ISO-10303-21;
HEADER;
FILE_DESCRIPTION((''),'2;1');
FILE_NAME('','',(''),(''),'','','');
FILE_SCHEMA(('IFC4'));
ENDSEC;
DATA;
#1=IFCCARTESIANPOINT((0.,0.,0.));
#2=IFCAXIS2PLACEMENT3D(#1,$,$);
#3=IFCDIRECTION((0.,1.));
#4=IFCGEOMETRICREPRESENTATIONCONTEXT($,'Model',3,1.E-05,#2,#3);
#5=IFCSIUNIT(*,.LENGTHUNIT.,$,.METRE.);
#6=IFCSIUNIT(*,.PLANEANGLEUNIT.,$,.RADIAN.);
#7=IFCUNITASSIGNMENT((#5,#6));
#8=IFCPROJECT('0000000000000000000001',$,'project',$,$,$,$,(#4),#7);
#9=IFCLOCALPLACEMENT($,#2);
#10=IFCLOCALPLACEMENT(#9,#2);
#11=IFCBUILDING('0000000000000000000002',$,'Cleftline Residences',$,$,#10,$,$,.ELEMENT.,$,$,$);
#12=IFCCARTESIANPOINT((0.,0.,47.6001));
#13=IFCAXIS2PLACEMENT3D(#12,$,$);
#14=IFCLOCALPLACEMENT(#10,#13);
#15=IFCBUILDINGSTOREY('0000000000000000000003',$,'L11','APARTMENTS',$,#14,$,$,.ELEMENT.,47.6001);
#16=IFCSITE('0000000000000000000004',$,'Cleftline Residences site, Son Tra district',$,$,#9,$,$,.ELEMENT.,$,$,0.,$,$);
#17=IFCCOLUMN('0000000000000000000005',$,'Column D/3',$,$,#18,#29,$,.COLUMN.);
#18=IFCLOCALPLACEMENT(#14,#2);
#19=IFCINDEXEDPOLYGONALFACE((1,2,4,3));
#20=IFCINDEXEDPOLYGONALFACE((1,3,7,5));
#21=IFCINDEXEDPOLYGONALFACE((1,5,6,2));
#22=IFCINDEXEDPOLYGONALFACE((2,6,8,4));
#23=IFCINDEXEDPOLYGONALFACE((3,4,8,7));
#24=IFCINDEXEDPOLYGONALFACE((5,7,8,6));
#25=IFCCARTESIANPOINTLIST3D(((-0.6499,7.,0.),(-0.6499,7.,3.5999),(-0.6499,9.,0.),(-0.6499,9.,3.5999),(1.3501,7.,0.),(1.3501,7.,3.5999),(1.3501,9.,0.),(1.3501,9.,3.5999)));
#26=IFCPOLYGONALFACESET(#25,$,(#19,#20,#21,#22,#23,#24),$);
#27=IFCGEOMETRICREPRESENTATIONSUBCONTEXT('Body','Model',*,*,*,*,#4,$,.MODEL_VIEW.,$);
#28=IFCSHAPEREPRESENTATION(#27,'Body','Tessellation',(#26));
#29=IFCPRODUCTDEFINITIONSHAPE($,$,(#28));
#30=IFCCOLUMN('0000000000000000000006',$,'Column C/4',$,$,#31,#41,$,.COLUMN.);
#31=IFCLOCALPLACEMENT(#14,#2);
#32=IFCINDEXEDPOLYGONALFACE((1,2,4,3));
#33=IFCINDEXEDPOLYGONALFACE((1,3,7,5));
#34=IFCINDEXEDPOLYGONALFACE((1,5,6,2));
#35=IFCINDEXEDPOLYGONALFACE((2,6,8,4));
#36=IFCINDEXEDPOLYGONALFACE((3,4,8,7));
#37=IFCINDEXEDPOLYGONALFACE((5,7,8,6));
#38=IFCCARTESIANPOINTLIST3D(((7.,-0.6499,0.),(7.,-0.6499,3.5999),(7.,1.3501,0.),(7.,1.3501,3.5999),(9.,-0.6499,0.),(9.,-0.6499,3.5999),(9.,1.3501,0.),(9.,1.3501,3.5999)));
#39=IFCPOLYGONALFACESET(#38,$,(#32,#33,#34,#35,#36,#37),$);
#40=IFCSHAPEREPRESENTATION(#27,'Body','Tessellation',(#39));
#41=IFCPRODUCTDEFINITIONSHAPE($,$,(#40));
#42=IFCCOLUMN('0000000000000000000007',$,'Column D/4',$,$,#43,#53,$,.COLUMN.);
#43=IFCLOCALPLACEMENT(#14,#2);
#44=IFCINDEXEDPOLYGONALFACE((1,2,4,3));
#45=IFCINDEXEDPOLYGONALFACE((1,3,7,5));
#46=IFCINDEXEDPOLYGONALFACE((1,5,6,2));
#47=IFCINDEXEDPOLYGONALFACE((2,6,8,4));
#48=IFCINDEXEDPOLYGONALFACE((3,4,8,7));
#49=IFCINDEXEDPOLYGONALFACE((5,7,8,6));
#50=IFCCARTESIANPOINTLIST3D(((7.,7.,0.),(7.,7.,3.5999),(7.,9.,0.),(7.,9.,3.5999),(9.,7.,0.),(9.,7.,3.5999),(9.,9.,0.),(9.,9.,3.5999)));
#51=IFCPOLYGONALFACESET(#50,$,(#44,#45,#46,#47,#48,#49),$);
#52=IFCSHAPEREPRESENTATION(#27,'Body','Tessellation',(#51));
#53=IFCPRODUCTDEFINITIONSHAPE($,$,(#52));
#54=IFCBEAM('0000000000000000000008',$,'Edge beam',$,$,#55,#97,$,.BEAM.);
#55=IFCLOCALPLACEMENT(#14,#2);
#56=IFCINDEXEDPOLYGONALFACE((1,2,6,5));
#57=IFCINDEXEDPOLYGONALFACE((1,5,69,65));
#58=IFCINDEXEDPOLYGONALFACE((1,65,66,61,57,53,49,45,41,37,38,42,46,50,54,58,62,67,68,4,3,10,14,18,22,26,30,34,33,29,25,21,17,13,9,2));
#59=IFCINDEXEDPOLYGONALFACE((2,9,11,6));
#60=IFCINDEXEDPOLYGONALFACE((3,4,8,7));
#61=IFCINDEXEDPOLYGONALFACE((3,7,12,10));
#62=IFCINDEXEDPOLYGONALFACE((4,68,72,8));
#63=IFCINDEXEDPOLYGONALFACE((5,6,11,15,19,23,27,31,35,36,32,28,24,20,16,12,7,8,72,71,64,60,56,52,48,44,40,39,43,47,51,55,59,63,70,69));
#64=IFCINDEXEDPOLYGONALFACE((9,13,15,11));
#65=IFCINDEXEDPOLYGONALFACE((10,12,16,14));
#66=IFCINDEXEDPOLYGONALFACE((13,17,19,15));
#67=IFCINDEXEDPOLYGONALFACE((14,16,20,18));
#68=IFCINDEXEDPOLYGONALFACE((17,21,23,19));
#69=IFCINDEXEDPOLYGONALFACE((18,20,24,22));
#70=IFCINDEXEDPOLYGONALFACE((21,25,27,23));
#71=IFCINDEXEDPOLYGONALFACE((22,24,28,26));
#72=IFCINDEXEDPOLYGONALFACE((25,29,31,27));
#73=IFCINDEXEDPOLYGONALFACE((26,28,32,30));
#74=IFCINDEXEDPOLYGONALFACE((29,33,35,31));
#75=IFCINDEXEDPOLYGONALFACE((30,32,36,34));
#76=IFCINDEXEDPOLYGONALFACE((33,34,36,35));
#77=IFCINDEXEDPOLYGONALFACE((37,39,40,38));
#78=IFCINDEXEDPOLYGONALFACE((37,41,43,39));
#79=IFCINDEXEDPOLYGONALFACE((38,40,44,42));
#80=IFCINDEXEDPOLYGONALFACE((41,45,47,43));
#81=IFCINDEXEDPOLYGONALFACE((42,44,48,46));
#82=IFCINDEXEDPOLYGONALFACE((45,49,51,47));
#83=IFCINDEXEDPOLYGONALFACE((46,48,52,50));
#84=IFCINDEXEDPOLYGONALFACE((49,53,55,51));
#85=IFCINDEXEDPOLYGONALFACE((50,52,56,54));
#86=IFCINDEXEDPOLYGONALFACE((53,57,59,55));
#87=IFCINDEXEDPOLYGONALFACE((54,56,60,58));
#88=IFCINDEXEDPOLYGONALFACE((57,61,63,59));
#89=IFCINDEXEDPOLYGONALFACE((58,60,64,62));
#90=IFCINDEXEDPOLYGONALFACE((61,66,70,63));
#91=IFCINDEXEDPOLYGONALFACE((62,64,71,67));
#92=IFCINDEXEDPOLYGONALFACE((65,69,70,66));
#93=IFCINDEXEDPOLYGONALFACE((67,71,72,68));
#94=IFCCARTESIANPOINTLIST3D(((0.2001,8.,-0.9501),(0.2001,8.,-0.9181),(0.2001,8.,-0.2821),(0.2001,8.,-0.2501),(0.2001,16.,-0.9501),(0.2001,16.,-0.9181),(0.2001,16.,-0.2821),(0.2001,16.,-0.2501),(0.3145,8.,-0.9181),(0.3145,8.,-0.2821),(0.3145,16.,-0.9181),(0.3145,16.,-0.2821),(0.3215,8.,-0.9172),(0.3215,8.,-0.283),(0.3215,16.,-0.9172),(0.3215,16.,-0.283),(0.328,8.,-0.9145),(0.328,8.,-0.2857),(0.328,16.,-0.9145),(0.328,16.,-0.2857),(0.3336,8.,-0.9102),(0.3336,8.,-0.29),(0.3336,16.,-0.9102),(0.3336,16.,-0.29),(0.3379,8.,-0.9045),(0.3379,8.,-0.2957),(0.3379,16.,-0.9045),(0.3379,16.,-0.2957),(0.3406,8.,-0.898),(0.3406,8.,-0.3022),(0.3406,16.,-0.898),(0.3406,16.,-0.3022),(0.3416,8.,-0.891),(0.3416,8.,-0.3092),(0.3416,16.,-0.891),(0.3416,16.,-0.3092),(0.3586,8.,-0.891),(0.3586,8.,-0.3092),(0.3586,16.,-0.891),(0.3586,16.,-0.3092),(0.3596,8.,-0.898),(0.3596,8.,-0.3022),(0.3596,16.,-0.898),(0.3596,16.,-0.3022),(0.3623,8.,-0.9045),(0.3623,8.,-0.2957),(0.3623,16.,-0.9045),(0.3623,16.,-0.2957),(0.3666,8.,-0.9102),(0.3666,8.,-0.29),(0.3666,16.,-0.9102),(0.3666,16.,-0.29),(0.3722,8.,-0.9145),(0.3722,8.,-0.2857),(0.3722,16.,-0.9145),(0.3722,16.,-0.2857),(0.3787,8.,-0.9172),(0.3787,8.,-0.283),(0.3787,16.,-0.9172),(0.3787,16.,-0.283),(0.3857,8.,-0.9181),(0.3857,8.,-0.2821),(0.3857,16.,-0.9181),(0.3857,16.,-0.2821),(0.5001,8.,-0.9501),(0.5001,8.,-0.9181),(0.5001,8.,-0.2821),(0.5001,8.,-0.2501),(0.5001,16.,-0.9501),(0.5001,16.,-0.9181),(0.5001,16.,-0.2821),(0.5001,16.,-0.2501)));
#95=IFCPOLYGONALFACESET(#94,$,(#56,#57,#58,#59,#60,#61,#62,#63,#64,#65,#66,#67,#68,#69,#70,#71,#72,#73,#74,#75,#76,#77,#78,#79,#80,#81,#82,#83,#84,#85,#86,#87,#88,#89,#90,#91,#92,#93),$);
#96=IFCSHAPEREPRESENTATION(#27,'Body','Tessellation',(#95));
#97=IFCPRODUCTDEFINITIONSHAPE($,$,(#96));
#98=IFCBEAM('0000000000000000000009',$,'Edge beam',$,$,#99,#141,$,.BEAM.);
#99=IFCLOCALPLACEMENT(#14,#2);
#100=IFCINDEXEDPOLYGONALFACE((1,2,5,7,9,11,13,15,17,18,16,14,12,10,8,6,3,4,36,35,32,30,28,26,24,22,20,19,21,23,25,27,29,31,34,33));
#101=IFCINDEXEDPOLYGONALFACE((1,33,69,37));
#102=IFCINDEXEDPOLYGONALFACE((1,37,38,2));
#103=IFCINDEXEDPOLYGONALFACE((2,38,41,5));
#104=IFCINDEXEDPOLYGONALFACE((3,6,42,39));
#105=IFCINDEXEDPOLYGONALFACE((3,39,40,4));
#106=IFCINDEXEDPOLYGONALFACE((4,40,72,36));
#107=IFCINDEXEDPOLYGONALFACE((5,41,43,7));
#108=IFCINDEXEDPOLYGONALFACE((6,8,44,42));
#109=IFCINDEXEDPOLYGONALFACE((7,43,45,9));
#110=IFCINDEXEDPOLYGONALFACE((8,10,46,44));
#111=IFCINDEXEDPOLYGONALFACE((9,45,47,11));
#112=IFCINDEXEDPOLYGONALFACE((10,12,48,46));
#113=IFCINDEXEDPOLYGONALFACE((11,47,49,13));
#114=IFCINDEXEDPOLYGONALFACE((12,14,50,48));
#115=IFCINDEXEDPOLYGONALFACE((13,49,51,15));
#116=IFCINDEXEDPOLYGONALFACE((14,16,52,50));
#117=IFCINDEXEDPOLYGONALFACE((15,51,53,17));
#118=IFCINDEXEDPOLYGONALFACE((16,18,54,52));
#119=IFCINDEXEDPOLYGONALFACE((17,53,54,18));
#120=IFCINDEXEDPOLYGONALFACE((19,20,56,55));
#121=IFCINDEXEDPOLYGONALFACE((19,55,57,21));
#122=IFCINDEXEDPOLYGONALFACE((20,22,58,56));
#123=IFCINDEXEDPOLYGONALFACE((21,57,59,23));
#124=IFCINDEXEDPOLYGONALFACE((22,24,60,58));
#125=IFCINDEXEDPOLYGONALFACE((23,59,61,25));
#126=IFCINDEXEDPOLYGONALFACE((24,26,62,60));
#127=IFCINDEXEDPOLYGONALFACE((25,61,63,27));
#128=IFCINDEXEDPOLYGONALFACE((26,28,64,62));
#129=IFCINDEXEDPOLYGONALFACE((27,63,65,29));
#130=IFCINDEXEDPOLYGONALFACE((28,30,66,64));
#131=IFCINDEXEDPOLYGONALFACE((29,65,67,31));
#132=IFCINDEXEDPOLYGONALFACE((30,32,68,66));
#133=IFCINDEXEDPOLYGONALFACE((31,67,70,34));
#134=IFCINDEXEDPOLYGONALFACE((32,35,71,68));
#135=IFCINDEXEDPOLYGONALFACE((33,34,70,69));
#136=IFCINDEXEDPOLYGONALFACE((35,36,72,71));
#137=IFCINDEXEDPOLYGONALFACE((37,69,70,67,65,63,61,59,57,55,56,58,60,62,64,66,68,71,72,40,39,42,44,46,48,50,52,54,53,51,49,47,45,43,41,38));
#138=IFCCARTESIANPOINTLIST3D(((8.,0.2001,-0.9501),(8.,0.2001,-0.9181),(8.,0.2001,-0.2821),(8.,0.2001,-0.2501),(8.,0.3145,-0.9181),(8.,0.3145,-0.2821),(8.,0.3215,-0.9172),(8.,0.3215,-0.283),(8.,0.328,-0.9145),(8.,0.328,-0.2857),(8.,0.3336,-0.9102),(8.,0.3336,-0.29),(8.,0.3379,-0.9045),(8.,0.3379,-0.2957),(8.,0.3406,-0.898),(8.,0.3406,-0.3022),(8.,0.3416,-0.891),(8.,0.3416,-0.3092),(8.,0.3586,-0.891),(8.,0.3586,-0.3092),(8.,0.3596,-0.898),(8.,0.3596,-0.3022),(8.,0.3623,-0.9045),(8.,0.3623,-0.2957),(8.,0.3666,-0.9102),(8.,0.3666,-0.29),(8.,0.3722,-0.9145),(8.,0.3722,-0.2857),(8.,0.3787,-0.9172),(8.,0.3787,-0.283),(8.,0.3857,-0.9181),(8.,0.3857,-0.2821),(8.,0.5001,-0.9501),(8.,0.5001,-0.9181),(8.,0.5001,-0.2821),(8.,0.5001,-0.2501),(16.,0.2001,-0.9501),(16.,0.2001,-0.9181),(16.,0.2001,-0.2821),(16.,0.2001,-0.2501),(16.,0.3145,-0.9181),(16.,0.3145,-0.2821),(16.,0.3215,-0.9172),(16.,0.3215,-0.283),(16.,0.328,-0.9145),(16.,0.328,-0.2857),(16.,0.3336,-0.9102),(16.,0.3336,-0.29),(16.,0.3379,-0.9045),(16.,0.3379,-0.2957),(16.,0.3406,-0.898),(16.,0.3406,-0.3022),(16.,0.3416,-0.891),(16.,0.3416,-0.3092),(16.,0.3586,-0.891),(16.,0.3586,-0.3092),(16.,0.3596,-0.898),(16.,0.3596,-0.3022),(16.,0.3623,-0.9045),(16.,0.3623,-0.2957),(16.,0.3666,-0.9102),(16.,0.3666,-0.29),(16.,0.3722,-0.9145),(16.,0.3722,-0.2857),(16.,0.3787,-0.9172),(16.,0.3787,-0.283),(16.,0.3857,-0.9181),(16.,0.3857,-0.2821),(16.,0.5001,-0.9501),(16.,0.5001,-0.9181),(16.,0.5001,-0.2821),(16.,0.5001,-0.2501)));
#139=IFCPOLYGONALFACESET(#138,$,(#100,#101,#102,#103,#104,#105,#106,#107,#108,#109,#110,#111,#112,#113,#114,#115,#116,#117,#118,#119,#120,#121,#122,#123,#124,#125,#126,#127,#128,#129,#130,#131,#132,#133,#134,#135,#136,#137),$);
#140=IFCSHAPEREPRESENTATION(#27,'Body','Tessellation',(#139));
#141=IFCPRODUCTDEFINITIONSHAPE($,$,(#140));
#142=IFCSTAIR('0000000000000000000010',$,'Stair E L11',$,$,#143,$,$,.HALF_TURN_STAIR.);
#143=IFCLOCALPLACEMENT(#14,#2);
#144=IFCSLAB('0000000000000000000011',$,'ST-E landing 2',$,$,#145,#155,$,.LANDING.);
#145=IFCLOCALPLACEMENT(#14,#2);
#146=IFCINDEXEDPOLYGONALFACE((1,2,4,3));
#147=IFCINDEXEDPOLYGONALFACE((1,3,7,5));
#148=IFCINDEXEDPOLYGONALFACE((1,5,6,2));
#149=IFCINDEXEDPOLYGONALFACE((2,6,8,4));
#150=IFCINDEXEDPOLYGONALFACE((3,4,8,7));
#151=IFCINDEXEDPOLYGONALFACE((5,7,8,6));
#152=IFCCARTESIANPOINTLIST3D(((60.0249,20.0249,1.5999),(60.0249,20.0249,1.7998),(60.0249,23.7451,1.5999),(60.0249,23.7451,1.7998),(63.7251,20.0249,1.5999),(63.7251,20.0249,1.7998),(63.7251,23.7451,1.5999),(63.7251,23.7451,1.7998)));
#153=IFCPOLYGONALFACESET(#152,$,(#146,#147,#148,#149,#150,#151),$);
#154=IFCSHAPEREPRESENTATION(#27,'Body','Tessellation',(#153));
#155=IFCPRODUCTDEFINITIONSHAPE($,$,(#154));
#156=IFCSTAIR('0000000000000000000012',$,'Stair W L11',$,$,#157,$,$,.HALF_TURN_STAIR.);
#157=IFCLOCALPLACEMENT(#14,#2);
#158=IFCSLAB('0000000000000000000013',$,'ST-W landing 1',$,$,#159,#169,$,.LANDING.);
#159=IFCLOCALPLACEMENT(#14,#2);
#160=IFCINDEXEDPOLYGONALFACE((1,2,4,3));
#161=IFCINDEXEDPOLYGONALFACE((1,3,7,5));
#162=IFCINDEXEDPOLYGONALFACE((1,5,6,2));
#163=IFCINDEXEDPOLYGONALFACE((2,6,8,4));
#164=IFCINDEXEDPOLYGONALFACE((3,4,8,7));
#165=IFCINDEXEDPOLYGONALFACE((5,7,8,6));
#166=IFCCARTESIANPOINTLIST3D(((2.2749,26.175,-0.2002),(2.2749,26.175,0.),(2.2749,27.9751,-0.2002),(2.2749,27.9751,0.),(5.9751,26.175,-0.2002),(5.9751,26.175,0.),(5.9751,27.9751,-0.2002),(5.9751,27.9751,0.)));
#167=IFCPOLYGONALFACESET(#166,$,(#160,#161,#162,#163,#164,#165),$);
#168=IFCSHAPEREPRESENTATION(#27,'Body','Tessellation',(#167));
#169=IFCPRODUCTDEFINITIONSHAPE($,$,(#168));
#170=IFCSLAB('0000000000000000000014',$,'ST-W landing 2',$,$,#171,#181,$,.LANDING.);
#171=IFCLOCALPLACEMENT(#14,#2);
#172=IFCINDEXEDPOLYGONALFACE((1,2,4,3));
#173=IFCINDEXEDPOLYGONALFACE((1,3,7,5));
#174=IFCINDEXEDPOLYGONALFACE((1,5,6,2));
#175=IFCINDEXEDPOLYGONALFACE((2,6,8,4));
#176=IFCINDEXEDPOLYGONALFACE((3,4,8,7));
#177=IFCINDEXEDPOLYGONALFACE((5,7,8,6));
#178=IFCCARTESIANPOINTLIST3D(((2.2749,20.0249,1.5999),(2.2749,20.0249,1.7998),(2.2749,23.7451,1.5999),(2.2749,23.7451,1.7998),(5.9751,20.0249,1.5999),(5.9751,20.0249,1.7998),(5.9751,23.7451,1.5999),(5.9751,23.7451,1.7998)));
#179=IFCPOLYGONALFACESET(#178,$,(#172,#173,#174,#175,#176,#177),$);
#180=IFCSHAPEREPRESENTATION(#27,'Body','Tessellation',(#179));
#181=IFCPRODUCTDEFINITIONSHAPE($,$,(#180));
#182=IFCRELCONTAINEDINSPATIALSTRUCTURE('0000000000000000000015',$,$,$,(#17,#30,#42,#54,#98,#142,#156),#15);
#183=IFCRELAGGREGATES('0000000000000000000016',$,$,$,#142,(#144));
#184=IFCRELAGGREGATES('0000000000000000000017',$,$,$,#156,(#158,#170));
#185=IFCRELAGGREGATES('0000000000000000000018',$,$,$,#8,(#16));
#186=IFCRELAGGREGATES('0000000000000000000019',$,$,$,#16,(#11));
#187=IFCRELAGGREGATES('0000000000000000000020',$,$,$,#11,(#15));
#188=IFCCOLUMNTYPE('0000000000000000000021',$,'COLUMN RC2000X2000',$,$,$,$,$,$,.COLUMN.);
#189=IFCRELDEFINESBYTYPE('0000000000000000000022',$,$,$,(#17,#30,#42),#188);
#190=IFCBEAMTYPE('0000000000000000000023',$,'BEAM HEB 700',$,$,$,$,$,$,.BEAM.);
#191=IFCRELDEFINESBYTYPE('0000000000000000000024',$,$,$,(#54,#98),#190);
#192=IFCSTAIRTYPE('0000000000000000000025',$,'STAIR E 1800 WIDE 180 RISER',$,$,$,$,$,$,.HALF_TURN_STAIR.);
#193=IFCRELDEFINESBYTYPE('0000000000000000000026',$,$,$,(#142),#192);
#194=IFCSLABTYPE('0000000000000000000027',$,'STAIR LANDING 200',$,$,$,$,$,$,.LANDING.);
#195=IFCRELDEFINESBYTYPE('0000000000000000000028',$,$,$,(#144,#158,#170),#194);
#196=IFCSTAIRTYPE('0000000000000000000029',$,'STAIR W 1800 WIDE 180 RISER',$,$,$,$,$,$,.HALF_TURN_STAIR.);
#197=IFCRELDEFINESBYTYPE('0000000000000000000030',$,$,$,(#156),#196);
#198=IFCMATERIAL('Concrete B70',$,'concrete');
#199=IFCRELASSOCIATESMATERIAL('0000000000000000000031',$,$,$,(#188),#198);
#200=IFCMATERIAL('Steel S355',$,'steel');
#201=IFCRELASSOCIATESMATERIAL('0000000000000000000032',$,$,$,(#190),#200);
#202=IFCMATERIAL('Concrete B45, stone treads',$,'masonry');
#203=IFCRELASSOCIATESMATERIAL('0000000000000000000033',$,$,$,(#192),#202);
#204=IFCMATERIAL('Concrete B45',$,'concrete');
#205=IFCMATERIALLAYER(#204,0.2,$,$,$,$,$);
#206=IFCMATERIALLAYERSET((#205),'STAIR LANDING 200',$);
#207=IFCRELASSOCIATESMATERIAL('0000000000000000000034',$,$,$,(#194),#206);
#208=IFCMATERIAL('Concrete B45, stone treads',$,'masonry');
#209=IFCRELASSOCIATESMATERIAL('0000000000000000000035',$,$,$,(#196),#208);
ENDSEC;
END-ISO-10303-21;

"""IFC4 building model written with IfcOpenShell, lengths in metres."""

from ifc_helpers import new_model, si_unit, direction, frame, origin, origin_2d, place, context, subcontext, project, spatial, polyline, rectangle, i_section, outline, extrude, material, layer, layer_set, material_profile, profile_set, type_object, element, aggregate, save


model = new_model("IFC4")

# Units and contexts
model_context = context("Model", 3, precision=1e-05, world=origin(), true_north=direction((0.0, 1.0)))
body_context = subcontext(model_context, "Body", "Model", "MODEL_VIEW")
ifc_project = project(units=[si_unit("LENGTHUNIT", "METRE"), si_unit("PLANEANGLEUNIT", "RADIAN")], contexts=[model_context])

# Site, building, storey
site_placement = place(None, origin())
site = spatial("IfcSite", under=ifc_project, at=site_placement, Name="Cleftline Residences site, Son Tra district", CompositionType="ELEMENT", RefElevation=0.0)
building_placement = place(site_placement, origin())
building = spatial("IfcBuilding", under=site, at=building_placement, Name="Cleftline Residences", CompositionType="ELEMENT")
storey_placement = place(building_placement, frame((0.0, 0.0, 47.6001)))
storey = spatial("IfcBuildingStorey", under=building, at=storey_placement, Name="L11", Description="APARTMENTS", CompositionType="ELEMENT", Elevation=47.6001)

# Columns
ifc_material_1 = material(Name="Concrete B70", Category="concrete")
ifc_material_profile_1 = material_profile(ifc_material_1, rectangle(XDim=2.0, YDim=2.0, at=origin_2d()))
ifc_profile_set_1 = profile_set([ifc_material_profile_1], Name="Concrete B70")
column_type = type_object("IfcColumnType", Name="COLUMN RC2000X2000", PredefinedType="COLUMN", material=ifc_profile_set_1)
for number, where, z_axis, x_axis, name in (
    (1, (0.3501, 8.0, 0.0), (0.0, 0.0, 1.0), (1.0, 0.0, 0.0), "Column D/3"),
    (2, (8.0, 0.3501, 0.0), (0.0, 0.0, 1.0), (1.0, 0.0, 0.0), "Column C/4"),
    (3, (8.0, 8.0, 0.0), (0.0, 0.0, 1.0), (1.0, 0.0, 0.0), "Column D/4"),
):
    element("IfcColumn", number, at=place(storey_placement, frame(where, z_axis=z_axis, x_axis=x_axis)), inside=storey, type_object=column_type, Name=name, PredefinedType="COLUMN", context=body_context, shape_type="SweptSolid", body=[
        extrude(rectangle(XDim=2.0, YDim=2.0, at=origin_2d()), origin(), (0.0, 0.0, 1.0), 3.5999),
    ])

# Beams
ifc_material_2 = material(Name="Steel S355", Category="steel")
ifc_material_profile_2 = material_profile(ifc_material_2, i_section(OverallWidth=0.3, OverallDepth=0.7, WebThickness=0.0171, FlangeThickness=0.032, FilletRadius=0.0271, at=origin_2d()))
ifc_profile_set_2 = profile_set([ifc_material_profile_2], Name="Steel S355")
beam_type = type_object("IfcBeamType", Name="BEAM HEB 700", PredefinedType="BEAM", material=ifc_profile_set_2)
for number, where, z_axis, x_axis, name in (
    (4, (0.3501, 8.0, -0.6001), (0.0, 1.0, 0.0), (-1.0, 0.0, 0.0), "Edge beam"),
    (5, (8.0, 0.3501, -0.6001), (1.0, 0.0, 0.0), (0.0, 1.0, 0.0), "Edge beam"),
):
    element("IfcBeam", number, at=place(storey_placement, frame(where, z_axis=z_axis, x_axis=x_axis)), inside=storey, type_object=beam_type, Name=name, PredefinedType="BEAM", context=body_context, shape_type="SweptSolid", body=[
        extrude(i_section(OverallWidth=0.3, OverallDepth=0.7, WebThickness=0.0171, FlangeThickness=0.032, FilletRadius=0.0271, at=origin_2d()), origin(), (0.0, 0.0, 1.0), 8.0),
    ])

# Stair, slab
ifc_material_3 = material(Name="Concrete B45, stone treads", Category="masonry")
stair_type_1 = type_object("IfcStairType", Name="STAIR E 1800 WIDE 180 RISER", PredefinedType="HALF_TURN_STAIR", material=ifc_material_3)
stair_1_placement = place(storey_placement, origin())
stair_1 = element("IfcStair", 6, at=stair_1_placement, inside=storey, type_object=stair_type_1, Name="Stair E L11", PredefinedType="HALF_TURN_STAIR")
ifc_material_4 = material(Name="Concrete B45", Category="concrete")
ifc_layer_1 = layer(ifc_material_4, 0.2)
ifc_layer_set_1 = layer_set([ifc_layer_1], Name="STAIR LANDING 200")
slab_type = type_object("IfcSlabType", Name="STAIR LANDING 200", PredefinedType="LANDING", material=ifc_layer_set_1)
slab_1_placement = place(storey_placement, frame((0.0, 0.0, 1.5999)))
slab_1 = element("IfcSlab", 7, at=slab_1_placement, type_object=slab_type, Name="ST-E landing 2", PredefinedType="LANDING", context=body_context, shape_type="SweptSolid", body=[
    extrude(outline(polyline([(60.0249, 20.0249), (63.7251, 20.0249), (63.7251, 23.7451), (60.0249, 23.7451), (60.0249, 20.0249)])), origin(), (0.0, 0.0, 1.0), 0.2),
])
aggregate(stair_1, [slab_1])

# Stair, slabs
ifc_material_5 = material(Name="Concrete B45, stone treads", Category="masonry")
stair_type_2 = type_object("IfcStairType", Name="STAIR W 1800 WIDE 180 RISER", PredefinedType="HALF_TURN_STAIR", material=ifc_material_5)
stair_2_placement = place(storey_placement, origin())
stair_2 = element("IfcStair", 8, at=stair_2_placement, inside=storey, type_object=stair_type_2, Name="Stair W L11", PredefinedType="HALF_TURN_STAIR")
slab_2_placement = place(storey_placement, frame((0.0, 0.0, -0.2002)))
slab_2 = element("IfcSlab", 9, at=slab_2_placement, type_object=slab_type, Name="ST-W landing 1", PredefinedType="LANDING", context=body_context, shape_type="SweptSolid", body=[
    extrude(outline(polyline([(2.2749, 26.175), (5.9751, 26.175), (5.9751, 27.9751), (2.2749, 27.9751), (2.2749, 26.175)])), origin(), (0.0, 0.0, 1.0), 0.2002),
])
slab_3_placement = place(storey_placement, frame((0.0, 0.0, 1.5999)))
slab_3 = element("IfcSlab", 10, at=slab_3_placement, type_object=slab_type, Name="ST-W landing 2", PredefinedType="LANDING", context=body_context, shape_type="SweptSolid", body=[
    extrude(outline(polyline([(2.2749, 20.0249), (5.9751, 20.0249), (5.9751, 23.7451), (2.2749, 23.7451), (2.2749, 20.0249)])), origin(), (0.0, 0.0, 1.0), 0.2),
])
aggregate(stair_2, [slab_2, slab_3])

save(model, "model.ifc")
